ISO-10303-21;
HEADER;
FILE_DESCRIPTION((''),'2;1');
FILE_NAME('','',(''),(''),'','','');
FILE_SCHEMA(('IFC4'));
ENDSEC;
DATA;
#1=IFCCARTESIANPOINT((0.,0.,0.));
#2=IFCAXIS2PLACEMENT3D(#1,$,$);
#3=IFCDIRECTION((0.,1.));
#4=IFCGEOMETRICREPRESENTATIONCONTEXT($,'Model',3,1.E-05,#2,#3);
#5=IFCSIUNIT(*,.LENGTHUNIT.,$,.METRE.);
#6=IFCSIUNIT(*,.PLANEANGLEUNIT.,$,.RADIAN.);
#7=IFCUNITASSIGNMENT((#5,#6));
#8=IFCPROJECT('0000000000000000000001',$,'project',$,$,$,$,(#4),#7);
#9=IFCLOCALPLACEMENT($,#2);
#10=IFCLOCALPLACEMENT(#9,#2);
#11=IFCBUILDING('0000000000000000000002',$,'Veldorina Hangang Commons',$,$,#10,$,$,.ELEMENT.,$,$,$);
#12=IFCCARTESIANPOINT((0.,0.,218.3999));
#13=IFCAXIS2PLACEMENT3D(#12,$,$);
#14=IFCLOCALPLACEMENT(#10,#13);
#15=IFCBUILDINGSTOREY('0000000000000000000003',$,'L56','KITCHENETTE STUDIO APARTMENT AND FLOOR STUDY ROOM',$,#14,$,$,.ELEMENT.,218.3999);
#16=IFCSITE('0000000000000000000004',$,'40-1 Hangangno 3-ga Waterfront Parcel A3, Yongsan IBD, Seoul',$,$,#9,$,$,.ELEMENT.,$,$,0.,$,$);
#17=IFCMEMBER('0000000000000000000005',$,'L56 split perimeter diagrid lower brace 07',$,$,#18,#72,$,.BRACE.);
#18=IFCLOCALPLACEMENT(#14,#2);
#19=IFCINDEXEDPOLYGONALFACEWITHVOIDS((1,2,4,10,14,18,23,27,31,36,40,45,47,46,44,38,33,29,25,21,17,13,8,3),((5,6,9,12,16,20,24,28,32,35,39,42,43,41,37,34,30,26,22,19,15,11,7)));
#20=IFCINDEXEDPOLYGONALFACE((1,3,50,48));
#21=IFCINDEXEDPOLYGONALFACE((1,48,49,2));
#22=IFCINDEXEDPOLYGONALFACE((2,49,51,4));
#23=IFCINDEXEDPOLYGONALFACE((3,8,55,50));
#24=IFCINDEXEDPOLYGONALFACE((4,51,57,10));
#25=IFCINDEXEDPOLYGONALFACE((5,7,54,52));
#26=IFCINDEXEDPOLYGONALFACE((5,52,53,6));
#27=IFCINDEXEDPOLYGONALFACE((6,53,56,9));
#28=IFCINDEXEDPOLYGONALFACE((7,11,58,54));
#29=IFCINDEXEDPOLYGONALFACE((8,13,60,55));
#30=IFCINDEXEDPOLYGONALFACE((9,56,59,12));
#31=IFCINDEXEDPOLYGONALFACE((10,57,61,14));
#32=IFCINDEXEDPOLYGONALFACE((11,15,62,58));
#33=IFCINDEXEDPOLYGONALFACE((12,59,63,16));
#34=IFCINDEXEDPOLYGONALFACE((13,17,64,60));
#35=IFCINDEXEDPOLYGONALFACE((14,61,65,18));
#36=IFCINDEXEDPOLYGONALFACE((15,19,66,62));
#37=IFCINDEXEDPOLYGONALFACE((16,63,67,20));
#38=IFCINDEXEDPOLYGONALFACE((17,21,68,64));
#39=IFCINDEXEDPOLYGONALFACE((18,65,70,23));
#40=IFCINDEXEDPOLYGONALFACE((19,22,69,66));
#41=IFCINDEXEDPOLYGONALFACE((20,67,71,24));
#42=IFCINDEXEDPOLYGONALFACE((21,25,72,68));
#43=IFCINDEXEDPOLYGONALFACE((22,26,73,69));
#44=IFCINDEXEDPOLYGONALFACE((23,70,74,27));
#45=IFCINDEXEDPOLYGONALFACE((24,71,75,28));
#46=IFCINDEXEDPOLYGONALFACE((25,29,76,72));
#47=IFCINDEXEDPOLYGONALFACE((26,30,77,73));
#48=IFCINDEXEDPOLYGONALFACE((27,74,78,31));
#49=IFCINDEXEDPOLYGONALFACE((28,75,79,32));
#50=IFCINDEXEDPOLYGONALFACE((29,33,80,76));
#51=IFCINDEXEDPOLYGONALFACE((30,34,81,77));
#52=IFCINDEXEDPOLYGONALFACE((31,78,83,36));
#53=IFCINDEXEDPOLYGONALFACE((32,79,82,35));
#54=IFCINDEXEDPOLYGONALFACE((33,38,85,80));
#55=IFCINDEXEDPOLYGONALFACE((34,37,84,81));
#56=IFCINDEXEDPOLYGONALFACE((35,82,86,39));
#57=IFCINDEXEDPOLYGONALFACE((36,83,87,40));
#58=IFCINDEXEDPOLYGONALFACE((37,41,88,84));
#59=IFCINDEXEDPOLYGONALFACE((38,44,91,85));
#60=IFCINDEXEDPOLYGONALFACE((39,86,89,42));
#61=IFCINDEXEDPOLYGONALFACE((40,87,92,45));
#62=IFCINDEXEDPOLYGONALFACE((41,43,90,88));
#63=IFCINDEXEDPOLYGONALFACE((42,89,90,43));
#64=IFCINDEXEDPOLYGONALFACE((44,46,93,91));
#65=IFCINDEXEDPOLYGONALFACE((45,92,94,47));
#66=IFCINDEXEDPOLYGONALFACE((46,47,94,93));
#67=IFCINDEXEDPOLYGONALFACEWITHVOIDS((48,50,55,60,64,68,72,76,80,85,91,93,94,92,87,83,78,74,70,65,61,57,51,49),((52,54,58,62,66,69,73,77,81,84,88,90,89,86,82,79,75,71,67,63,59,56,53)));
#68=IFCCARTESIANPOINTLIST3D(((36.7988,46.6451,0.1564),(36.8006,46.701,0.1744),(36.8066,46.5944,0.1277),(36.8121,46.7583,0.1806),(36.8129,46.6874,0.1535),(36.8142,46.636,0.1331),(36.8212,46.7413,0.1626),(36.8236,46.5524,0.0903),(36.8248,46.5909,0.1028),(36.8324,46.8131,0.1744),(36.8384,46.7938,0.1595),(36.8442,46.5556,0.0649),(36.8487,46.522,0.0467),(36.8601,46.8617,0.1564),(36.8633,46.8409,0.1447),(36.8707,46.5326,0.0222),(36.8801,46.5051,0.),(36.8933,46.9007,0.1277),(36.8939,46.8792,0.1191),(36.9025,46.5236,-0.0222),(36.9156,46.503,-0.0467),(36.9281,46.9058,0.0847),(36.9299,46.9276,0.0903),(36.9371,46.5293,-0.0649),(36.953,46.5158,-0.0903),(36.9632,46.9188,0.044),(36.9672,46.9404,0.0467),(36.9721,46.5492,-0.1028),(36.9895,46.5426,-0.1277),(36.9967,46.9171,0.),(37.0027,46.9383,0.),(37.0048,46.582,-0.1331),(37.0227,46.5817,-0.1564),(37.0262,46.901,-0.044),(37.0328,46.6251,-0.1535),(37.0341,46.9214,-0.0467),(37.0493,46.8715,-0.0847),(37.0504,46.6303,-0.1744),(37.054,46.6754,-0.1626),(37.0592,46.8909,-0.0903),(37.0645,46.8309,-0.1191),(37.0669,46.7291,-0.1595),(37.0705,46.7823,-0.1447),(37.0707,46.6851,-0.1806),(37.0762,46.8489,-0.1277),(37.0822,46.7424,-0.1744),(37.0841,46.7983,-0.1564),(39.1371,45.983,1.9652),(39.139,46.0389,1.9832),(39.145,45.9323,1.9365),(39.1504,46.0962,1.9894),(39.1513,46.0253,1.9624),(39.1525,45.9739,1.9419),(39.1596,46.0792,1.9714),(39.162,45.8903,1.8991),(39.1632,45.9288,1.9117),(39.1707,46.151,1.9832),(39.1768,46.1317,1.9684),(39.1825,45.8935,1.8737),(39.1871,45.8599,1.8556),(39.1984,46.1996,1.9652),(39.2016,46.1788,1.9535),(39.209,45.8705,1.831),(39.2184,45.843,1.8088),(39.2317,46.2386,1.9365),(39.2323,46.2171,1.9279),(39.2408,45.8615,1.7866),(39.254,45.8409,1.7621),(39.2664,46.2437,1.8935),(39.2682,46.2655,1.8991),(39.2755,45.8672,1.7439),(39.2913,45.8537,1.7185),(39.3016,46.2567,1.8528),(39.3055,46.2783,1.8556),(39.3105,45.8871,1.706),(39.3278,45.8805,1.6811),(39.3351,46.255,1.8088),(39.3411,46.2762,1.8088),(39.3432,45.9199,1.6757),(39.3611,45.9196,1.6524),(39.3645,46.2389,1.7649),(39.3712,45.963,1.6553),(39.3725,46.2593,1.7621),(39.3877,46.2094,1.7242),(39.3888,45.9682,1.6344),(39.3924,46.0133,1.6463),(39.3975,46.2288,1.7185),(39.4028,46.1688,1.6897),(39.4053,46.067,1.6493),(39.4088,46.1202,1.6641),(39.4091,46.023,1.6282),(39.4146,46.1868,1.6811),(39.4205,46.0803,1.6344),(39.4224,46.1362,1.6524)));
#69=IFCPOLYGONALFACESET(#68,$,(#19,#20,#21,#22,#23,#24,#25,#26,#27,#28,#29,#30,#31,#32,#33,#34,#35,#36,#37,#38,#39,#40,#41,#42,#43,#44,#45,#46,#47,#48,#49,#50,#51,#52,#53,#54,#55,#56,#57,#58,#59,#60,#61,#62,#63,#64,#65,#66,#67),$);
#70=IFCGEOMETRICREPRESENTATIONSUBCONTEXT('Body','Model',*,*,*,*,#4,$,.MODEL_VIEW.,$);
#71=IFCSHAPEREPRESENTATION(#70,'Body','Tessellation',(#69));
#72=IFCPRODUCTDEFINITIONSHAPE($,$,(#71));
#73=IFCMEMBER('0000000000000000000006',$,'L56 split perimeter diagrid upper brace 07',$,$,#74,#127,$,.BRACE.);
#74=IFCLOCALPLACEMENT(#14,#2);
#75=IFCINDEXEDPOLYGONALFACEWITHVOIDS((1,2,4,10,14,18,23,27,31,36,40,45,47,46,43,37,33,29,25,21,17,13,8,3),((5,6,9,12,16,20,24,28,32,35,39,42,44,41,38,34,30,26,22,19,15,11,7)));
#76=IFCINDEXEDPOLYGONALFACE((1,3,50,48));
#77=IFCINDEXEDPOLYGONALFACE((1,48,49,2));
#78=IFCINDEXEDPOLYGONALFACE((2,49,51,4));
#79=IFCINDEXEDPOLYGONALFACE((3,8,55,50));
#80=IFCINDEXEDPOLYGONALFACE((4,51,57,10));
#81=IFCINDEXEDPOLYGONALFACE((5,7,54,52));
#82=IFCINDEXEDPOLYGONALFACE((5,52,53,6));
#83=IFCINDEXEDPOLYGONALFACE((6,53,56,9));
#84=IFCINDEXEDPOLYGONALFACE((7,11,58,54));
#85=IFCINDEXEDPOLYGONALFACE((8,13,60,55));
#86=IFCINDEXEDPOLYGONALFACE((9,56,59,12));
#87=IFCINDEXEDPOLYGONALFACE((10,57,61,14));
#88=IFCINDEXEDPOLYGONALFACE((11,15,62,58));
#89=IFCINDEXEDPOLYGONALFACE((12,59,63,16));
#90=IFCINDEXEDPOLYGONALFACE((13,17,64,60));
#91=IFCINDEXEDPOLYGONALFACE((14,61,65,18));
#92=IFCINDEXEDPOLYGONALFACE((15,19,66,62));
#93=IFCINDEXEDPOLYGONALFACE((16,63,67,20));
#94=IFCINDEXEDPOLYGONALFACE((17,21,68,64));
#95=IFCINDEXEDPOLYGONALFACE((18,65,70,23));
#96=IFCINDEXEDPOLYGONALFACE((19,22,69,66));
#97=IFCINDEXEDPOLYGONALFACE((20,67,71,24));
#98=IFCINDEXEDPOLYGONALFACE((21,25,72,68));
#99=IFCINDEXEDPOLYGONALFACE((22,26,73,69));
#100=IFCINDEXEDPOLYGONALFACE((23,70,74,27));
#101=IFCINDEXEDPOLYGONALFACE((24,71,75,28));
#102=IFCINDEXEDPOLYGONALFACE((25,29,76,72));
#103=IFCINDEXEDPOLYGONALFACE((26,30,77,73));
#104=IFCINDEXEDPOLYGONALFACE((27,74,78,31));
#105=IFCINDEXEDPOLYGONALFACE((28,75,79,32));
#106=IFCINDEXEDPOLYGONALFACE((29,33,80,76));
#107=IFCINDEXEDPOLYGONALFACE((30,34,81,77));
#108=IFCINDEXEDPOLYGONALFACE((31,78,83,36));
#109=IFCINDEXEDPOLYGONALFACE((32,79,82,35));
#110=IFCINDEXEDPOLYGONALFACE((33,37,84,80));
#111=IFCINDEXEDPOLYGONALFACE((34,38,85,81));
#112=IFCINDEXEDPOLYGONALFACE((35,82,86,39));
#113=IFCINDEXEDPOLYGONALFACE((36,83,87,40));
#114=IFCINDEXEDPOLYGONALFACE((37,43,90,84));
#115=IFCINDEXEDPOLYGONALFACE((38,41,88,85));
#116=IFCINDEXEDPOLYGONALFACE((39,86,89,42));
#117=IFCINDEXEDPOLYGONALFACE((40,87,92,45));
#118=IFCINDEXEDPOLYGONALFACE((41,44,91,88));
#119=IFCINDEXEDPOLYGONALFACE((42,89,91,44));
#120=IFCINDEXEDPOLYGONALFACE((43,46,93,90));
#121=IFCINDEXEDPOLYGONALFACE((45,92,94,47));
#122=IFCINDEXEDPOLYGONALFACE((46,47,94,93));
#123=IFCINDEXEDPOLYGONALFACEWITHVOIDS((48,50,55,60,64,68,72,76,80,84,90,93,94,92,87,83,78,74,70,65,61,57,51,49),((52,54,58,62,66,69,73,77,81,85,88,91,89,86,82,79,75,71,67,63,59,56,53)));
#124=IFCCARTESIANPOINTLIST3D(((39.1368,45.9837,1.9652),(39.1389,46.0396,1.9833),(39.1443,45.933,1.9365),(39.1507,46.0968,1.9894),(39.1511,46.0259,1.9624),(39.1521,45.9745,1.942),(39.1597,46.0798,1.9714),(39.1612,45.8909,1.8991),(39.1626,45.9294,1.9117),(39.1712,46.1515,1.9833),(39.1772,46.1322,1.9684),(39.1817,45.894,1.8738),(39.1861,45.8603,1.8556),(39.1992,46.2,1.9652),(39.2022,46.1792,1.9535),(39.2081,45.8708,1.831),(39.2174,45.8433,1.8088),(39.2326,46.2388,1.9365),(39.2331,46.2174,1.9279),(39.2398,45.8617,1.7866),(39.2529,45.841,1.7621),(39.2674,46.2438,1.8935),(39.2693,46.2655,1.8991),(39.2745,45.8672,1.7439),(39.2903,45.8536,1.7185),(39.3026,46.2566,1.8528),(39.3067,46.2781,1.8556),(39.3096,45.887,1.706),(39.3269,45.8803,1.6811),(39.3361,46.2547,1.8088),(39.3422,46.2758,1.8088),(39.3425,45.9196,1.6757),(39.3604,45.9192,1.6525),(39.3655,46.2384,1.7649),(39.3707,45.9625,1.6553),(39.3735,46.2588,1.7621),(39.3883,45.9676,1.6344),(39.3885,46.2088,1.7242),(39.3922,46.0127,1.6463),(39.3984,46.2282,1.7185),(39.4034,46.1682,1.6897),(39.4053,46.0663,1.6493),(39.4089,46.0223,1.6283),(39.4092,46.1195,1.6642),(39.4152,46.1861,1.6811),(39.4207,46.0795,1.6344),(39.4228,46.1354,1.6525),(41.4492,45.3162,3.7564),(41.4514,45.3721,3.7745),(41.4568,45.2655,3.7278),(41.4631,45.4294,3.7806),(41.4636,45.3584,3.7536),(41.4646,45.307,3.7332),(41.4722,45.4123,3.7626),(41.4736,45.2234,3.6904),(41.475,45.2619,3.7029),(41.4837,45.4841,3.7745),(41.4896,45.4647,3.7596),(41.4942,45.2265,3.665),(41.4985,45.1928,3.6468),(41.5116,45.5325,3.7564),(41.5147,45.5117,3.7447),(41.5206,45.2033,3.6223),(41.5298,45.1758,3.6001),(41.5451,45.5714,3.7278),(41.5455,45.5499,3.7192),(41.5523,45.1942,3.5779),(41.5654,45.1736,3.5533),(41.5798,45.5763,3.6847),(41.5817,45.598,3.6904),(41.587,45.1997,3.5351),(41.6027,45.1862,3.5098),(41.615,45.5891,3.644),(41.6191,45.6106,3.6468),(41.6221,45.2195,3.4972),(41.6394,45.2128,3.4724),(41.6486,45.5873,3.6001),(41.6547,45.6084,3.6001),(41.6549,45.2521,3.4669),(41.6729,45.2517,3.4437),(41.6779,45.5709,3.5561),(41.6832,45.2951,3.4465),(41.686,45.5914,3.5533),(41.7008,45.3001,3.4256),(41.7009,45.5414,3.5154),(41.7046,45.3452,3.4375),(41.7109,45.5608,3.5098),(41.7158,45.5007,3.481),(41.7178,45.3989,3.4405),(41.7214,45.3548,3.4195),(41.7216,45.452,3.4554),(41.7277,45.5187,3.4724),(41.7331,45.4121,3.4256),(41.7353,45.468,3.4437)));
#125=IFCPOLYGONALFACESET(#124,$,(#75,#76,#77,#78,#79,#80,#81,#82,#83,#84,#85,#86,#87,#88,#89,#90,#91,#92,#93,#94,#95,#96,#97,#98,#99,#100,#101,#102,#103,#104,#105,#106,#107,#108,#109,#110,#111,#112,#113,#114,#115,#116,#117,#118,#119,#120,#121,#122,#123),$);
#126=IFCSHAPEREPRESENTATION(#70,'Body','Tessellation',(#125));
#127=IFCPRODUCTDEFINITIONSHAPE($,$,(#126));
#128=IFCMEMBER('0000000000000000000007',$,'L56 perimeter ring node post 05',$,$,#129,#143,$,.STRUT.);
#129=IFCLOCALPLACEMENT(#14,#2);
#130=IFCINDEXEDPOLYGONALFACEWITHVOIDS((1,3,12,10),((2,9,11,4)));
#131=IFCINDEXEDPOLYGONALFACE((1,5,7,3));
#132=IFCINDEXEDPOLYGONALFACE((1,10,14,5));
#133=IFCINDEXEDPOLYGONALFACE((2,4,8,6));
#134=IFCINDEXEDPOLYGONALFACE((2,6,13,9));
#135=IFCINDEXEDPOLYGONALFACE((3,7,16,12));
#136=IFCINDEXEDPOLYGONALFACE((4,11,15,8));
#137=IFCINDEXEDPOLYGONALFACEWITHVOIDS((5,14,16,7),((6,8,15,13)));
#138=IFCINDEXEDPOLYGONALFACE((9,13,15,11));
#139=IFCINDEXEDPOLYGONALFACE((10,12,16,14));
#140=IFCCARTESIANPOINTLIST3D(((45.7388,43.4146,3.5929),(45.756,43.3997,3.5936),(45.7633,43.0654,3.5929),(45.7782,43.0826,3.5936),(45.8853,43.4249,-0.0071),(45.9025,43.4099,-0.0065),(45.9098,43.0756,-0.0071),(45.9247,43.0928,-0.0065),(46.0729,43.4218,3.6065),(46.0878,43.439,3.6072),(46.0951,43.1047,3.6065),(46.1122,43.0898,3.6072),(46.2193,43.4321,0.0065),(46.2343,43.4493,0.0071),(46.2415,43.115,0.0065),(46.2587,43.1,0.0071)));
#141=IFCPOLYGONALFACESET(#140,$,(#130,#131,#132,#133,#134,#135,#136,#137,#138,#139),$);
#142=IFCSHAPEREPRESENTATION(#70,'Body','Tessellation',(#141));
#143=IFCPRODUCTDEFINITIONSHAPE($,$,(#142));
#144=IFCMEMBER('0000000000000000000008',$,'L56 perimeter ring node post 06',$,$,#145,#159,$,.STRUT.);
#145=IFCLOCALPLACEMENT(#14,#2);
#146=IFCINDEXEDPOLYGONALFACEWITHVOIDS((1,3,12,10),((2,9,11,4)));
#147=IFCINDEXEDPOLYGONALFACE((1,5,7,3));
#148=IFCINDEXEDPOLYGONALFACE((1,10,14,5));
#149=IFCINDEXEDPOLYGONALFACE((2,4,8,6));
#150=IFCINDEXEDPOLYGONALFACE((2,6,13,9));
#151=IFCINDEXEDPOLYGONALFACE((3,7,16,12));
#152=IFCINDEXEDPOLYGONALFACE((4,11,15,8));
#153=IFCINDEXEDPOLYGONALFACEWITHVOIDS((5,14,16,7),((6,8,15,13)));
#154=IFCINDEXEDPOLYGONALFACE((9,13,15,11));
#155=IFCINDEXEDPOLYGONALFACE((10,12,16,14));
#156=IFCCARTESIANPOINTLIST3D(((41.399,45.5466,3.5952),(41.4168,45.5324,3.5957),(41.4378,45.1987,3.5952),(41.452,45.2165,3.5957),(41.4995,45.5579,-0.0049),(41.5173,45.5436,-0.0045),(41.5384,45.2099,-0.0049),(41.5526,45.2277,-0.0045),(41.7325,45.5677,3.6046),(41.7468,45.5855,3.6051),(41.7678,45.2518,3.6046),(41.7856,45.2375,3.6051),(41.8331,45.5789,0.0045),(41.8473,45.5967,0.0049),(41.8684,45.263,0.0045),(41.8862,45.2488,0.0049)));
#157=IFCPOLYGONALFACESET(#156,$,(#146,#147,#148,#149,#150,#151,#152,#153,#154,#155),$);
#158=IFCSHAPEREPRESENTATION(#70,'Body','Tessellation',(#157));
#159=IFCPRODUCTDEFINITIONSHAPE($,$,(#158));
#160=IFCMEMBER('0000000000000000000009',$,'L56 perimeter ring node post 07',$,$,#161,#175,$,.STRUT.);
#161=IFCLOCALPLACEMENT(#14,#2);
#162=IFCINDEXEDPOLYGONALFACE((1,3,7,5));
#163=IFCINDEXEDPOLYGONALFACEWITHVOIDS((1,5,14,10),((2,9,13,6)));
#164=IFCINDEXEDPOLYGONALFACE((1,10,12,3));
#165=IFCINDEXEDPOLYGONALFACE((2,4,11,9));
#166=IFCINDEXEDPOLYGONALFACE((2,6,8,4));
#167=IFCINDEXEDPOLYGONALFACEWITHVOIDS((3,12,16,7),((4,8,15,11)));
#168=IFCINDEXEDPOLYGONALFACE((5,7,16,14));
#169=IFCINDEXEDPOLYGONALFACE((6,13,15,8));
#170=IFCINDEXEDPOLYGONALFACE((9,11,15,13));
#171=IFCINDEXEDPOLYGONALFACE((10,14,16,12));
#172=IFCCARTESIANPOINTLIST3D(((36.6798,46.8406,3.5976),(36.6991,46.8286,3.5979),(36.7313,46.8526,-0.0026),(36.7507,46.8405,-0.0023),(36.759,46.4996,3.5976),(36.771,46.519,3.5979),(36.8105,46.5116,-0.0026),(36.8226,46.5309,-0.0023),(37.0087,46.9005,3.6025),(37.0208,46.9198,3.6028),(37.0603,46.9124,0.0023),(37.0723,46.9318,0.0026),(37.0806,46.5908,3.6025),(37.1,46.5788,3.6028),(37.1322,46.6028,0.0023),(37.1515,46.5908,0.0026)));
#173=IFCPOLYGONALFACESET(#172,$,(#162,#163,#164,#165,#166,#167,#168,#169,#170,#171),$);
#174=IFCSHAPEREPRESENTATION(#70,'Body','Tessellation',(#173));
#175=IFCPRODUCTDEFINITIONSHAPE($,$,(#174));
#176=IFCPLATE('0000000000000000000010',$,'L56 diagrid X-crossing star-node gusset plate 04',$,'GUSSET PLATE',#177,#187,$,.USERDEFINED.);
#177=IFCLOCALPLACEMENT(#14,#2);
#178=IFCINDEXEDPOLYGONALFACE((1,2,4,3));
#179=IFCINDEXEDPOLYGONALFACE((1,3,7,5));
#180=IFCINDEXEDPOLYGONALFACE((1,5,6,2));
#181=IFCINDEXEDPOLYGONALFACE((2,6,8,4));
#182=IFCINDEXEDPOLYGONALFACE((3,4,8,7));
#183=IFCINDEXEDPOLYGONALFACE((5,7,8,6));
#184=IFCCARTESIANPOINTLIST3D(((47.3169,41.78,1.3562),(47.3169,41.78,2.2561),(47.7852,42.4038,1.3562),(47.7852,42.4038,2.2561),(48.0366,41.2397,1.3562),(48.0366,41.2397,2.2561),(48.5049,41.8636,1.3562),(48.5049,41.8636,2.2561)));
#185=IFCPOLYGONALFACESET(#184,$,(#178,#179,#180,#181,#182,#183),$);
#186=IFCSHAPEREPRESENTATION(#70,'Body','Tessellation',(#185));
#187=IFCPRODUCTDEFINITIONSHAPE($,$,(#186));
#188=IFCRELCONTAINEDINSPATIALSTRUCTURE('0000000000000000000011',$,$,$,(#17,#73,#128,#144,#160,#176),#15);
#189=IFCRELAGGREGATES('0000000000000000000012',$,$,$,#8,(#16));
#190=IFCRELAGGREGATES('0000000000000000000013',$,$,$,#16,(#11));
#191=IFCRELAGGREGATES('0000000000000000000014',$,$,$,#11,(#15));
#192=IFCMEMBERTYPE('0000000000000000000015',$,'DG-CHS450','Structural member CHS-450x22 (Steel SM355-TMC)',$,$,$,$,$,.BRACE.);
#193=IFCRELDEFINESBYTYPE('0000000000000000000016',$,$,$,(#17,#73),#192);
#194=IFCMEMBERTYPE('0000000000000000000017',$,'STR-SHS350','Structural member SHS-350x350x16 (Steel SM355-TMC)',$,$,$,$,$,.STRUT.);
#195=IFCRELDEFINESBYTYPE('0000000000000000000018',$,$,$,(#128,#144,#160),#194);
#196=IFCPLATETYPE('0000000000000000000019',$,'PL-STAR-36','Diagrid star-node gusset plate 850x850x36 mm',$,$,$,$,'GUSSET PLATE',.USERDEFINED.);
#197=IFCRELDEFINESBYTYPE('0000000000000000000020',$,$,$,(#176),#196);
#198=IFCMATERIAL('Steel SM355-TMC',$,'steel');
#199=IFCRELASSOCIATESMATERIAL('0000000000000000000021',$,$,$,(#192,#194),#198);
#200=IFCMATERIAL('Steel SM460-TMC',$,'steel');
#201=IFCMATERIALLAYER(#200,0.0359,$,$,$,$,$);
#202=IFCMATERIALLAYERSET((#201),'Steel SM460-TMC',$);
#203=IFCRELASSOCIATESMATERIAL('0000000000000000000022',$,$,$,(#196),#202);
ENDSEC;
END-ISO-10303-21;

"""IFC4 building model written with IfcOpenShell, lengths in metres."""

from ifc_helpers import new_model, si_unit, direction, frame, origin, origin_2d, place, context, subcontext, project, spatial, rectangle, hollow_rectangle, hollow_circle, extrude, material, layer, layer_set, material_profile, profile_set, type_object, element, save


model = new_model("IFC4")

# Units and contexts
model_context = context("Model", 3, precision=1e-05, world=origin(), true_north=direction((0.0, 1.0)))
body_context = subcontext(model_context, "Body", "Model", "MODEL_VIEW")
ifc_project = project(units=[si_unit("LENGTHUNIT", "METRE"), si_unit("PLANEANGLEUNIT", "RADIAN")], contexts=[model_context])

# Site, building, storey
site_placement = place(None, origin())
site = spatial("IfcSite", under=ifc_project, at=site_placement, Name="40-1 Hangangno 3-ga Waterfront Parcel A3, Yongsan IBD, Seoul", CompositionType="ELEMENT", RefElevation=0.0)
building_placement = place(site_placement, origin())
building = spatial("IfcBuilding", under=site, at=building_placement, Name="Veldorina Hangang Commons", CompositionType="ELEMENT")
storey_placement = place(building_placement, frame((0.0, 0.0, 218.3999)))
storey = spatial("IfcBuildingStorey", under=building, at=storey_placement, Name="L56", Description="KITCHENETTE STUDIO APARTMENT AND FLOOR STUDY ROOM", CompositionType="ELEMENT", Elevation=218.3999)

# Shared definitions
ifc_material_1 = material(Name="Steel SM355-TMC", Category="steel")

# Members
ifc_material_profile_1 = material_profile(ifc_material_1, hollow_circle(Radius=0.2251, WallThickness=0.022, at=origin_2d()), Name="CHS-450x22")
ifc_profile_set_1 = profile_set([ifc_material_profile_1], Name="Steel SM355-TMC")
member_type_1 = type_object("IfcMemberType", Name="DG-CHS450", Description="Structural member CHS-450x22 (Steel SM355-TMC)", PredefinedType="BRACE", material=ifc_profile_set_1)
member_1_placement = place(storey_placement, frame((36.9414, 46.7217, 0.0), z_axis=(0.771852, -0.218549, 0.597061), x_axis=(0.272438, 0.962173, 0.0)))
element("IfcMember", 1, at=member_1_placement, inside=storey, type_object=member_type_1, Name="L56 split perimeter diagrid lower brace 07", PredefinedType="BRACE", context=body_context, shape_type="SweptSolid", body=[
    extrude(hollow_circle(Radius=0.2251, WallThickness=0.022, at=origin_2d()), origin(), (0.0, 0.0, 1.0), 3.0295),
])
member_2_placement = place(storey_placement, frame((39.2798, 46.0596, 1.8088), z_axis=(0.770756, -0.222471, 0.597027), x_axis=(0.277319, 0.960778, 0.0)))
element("IfcMember", 2, at=member_2_placement, inside=storey, type_object=member_type_1, Name="L56 split perimeter diagrid upper brace 07", PredefinedType="BRACE", context=body_context, shape_type="SweptSolid", body=[
    extrude(hollow_circle(Radius=0.2251, WallThickness=0.022, at=origin_2d()), origin(), (0.0, 0.0, 1.0), 3.0002),
])
ifc_material_profile_2 = material_profile(ifc_material_1, hollow_rectangle(XDim=0.3501, YDim=0.3501, WallThickness=0.0161, at=origin_2d()), Name="SHS-350x350x16")
ifc_profile_set_2 = profile_set([ifc_material_profile_2], Name="Steel SM355-TMC")
member_type_2 = type_object("IfcMemberType", Name="STR-SHS350", Description="Structural member SHS-350x350x16 (Steel SM355-TMC)", PredefinedType="STRUT", material=ifc_profile_set_2)
member_3_placement = place(storey_placement, frame((46.072, 43.2625, 0.0), z_axis=(-0.040655, -0.002846, 0.999169), x_axis=(0.069829, -0.997559, 0.0)))
element("IfcMember", 3, at=member_3_placement, inside=storey, type_object=member_type_2, Name="L56 perimeter ring node post 05", PredefinedType="STRUT", context=body_context, shape_type="SweptSolid", body=[
    extrude(hollow_rectangle(XDim=0.3501, YDim=0.3501, WallThickness=0.0161, at=origin_2d()), origin(), (0.0, 0.0, 1.0), 3.603),
])
member_4_placement = place(storey_placement, frame((41.6929, 45.4033, 0.0), z_axis=(-0.027929, -0.003118, 0.999605), x_axis=(0.110961, -0.993825, 0.0)))
element("IfcMember", 4, at=member_4_placement, inside=storey, type_object=member_type_2, Name="L56 perimeter ring node post 06", PredefinedType="STRUT", context=body_context, shape_type="SweptSolid", body=[
    extrude(hollow_rectangle(XDim=0.3501, YDim=0.3501, WallThickness=0.0161, at=origin_2d()), origin(), (0.0, 0.0, 1.0), 3.6016),
])
member_5_placement = place(storey_placement, frame((36.9414, 46.7217, 0.0), z_axis=(-0.014307, -0.003323, 0.999892), x_axis=(0.226208, -0.974079, 0.0)))
element("IfcMember", 5, at=member_5_placement, inside=storey, type_object=member_type_2, Name="L56 perimeter ring node post 07", PredefinedType="STRUT", context=body_context, shape_type="SweptSolid", body=[
    extrude(hollow_rectangle(XDim=0.3501, YDim=0.3501, WallThickness=0.0161, at=origin_2d()), origin(), (0.0, 0.0, 1.0), 3.6006),
])

# Plate
ifc_material_2 = material(Name="Steel SM460-TMC", Category="steel")
ifc_layer_1 = layer(ifc_material_2, 0.0359)
ifc_layer_set_1 = layer_set([ifc_layer_1], Name="Steel SM460-TMC")
plate_type = type_object("IfcPlateType", Name="PL-STAR-36", Description="Diagrid star-node gusset plate 850x850x36 mm", ElementType="GUSSET PLATE", PredefinedType="USERDEFINED", material=ifc_layer_set_1)
plate_1_placement = place(storey_placement, frame((47.9109, 41.8218, 1.3562), z_axis=(0.0, 0.0, 1.0), x_axis=(-0.799758, 0.600323, 0.0)))
element("IfcPlate", 6, at=plate_1_placement, inside=storey, type_object=plate_type, Name="L56 diagrid X-crossing star-node gusset plate 04", ObjectType="GUSSET PLATE", PredefinedType="USERDEFINED", context=body_context, shape_type="SweptSolid", body=[
    extrude(rectangle(XDim=0.8999, YDim=0.78, at=origin_2d()), origin(), (0.0, 0.0, 1.0), 0.8999),
])

save(model, "model.ifc")
